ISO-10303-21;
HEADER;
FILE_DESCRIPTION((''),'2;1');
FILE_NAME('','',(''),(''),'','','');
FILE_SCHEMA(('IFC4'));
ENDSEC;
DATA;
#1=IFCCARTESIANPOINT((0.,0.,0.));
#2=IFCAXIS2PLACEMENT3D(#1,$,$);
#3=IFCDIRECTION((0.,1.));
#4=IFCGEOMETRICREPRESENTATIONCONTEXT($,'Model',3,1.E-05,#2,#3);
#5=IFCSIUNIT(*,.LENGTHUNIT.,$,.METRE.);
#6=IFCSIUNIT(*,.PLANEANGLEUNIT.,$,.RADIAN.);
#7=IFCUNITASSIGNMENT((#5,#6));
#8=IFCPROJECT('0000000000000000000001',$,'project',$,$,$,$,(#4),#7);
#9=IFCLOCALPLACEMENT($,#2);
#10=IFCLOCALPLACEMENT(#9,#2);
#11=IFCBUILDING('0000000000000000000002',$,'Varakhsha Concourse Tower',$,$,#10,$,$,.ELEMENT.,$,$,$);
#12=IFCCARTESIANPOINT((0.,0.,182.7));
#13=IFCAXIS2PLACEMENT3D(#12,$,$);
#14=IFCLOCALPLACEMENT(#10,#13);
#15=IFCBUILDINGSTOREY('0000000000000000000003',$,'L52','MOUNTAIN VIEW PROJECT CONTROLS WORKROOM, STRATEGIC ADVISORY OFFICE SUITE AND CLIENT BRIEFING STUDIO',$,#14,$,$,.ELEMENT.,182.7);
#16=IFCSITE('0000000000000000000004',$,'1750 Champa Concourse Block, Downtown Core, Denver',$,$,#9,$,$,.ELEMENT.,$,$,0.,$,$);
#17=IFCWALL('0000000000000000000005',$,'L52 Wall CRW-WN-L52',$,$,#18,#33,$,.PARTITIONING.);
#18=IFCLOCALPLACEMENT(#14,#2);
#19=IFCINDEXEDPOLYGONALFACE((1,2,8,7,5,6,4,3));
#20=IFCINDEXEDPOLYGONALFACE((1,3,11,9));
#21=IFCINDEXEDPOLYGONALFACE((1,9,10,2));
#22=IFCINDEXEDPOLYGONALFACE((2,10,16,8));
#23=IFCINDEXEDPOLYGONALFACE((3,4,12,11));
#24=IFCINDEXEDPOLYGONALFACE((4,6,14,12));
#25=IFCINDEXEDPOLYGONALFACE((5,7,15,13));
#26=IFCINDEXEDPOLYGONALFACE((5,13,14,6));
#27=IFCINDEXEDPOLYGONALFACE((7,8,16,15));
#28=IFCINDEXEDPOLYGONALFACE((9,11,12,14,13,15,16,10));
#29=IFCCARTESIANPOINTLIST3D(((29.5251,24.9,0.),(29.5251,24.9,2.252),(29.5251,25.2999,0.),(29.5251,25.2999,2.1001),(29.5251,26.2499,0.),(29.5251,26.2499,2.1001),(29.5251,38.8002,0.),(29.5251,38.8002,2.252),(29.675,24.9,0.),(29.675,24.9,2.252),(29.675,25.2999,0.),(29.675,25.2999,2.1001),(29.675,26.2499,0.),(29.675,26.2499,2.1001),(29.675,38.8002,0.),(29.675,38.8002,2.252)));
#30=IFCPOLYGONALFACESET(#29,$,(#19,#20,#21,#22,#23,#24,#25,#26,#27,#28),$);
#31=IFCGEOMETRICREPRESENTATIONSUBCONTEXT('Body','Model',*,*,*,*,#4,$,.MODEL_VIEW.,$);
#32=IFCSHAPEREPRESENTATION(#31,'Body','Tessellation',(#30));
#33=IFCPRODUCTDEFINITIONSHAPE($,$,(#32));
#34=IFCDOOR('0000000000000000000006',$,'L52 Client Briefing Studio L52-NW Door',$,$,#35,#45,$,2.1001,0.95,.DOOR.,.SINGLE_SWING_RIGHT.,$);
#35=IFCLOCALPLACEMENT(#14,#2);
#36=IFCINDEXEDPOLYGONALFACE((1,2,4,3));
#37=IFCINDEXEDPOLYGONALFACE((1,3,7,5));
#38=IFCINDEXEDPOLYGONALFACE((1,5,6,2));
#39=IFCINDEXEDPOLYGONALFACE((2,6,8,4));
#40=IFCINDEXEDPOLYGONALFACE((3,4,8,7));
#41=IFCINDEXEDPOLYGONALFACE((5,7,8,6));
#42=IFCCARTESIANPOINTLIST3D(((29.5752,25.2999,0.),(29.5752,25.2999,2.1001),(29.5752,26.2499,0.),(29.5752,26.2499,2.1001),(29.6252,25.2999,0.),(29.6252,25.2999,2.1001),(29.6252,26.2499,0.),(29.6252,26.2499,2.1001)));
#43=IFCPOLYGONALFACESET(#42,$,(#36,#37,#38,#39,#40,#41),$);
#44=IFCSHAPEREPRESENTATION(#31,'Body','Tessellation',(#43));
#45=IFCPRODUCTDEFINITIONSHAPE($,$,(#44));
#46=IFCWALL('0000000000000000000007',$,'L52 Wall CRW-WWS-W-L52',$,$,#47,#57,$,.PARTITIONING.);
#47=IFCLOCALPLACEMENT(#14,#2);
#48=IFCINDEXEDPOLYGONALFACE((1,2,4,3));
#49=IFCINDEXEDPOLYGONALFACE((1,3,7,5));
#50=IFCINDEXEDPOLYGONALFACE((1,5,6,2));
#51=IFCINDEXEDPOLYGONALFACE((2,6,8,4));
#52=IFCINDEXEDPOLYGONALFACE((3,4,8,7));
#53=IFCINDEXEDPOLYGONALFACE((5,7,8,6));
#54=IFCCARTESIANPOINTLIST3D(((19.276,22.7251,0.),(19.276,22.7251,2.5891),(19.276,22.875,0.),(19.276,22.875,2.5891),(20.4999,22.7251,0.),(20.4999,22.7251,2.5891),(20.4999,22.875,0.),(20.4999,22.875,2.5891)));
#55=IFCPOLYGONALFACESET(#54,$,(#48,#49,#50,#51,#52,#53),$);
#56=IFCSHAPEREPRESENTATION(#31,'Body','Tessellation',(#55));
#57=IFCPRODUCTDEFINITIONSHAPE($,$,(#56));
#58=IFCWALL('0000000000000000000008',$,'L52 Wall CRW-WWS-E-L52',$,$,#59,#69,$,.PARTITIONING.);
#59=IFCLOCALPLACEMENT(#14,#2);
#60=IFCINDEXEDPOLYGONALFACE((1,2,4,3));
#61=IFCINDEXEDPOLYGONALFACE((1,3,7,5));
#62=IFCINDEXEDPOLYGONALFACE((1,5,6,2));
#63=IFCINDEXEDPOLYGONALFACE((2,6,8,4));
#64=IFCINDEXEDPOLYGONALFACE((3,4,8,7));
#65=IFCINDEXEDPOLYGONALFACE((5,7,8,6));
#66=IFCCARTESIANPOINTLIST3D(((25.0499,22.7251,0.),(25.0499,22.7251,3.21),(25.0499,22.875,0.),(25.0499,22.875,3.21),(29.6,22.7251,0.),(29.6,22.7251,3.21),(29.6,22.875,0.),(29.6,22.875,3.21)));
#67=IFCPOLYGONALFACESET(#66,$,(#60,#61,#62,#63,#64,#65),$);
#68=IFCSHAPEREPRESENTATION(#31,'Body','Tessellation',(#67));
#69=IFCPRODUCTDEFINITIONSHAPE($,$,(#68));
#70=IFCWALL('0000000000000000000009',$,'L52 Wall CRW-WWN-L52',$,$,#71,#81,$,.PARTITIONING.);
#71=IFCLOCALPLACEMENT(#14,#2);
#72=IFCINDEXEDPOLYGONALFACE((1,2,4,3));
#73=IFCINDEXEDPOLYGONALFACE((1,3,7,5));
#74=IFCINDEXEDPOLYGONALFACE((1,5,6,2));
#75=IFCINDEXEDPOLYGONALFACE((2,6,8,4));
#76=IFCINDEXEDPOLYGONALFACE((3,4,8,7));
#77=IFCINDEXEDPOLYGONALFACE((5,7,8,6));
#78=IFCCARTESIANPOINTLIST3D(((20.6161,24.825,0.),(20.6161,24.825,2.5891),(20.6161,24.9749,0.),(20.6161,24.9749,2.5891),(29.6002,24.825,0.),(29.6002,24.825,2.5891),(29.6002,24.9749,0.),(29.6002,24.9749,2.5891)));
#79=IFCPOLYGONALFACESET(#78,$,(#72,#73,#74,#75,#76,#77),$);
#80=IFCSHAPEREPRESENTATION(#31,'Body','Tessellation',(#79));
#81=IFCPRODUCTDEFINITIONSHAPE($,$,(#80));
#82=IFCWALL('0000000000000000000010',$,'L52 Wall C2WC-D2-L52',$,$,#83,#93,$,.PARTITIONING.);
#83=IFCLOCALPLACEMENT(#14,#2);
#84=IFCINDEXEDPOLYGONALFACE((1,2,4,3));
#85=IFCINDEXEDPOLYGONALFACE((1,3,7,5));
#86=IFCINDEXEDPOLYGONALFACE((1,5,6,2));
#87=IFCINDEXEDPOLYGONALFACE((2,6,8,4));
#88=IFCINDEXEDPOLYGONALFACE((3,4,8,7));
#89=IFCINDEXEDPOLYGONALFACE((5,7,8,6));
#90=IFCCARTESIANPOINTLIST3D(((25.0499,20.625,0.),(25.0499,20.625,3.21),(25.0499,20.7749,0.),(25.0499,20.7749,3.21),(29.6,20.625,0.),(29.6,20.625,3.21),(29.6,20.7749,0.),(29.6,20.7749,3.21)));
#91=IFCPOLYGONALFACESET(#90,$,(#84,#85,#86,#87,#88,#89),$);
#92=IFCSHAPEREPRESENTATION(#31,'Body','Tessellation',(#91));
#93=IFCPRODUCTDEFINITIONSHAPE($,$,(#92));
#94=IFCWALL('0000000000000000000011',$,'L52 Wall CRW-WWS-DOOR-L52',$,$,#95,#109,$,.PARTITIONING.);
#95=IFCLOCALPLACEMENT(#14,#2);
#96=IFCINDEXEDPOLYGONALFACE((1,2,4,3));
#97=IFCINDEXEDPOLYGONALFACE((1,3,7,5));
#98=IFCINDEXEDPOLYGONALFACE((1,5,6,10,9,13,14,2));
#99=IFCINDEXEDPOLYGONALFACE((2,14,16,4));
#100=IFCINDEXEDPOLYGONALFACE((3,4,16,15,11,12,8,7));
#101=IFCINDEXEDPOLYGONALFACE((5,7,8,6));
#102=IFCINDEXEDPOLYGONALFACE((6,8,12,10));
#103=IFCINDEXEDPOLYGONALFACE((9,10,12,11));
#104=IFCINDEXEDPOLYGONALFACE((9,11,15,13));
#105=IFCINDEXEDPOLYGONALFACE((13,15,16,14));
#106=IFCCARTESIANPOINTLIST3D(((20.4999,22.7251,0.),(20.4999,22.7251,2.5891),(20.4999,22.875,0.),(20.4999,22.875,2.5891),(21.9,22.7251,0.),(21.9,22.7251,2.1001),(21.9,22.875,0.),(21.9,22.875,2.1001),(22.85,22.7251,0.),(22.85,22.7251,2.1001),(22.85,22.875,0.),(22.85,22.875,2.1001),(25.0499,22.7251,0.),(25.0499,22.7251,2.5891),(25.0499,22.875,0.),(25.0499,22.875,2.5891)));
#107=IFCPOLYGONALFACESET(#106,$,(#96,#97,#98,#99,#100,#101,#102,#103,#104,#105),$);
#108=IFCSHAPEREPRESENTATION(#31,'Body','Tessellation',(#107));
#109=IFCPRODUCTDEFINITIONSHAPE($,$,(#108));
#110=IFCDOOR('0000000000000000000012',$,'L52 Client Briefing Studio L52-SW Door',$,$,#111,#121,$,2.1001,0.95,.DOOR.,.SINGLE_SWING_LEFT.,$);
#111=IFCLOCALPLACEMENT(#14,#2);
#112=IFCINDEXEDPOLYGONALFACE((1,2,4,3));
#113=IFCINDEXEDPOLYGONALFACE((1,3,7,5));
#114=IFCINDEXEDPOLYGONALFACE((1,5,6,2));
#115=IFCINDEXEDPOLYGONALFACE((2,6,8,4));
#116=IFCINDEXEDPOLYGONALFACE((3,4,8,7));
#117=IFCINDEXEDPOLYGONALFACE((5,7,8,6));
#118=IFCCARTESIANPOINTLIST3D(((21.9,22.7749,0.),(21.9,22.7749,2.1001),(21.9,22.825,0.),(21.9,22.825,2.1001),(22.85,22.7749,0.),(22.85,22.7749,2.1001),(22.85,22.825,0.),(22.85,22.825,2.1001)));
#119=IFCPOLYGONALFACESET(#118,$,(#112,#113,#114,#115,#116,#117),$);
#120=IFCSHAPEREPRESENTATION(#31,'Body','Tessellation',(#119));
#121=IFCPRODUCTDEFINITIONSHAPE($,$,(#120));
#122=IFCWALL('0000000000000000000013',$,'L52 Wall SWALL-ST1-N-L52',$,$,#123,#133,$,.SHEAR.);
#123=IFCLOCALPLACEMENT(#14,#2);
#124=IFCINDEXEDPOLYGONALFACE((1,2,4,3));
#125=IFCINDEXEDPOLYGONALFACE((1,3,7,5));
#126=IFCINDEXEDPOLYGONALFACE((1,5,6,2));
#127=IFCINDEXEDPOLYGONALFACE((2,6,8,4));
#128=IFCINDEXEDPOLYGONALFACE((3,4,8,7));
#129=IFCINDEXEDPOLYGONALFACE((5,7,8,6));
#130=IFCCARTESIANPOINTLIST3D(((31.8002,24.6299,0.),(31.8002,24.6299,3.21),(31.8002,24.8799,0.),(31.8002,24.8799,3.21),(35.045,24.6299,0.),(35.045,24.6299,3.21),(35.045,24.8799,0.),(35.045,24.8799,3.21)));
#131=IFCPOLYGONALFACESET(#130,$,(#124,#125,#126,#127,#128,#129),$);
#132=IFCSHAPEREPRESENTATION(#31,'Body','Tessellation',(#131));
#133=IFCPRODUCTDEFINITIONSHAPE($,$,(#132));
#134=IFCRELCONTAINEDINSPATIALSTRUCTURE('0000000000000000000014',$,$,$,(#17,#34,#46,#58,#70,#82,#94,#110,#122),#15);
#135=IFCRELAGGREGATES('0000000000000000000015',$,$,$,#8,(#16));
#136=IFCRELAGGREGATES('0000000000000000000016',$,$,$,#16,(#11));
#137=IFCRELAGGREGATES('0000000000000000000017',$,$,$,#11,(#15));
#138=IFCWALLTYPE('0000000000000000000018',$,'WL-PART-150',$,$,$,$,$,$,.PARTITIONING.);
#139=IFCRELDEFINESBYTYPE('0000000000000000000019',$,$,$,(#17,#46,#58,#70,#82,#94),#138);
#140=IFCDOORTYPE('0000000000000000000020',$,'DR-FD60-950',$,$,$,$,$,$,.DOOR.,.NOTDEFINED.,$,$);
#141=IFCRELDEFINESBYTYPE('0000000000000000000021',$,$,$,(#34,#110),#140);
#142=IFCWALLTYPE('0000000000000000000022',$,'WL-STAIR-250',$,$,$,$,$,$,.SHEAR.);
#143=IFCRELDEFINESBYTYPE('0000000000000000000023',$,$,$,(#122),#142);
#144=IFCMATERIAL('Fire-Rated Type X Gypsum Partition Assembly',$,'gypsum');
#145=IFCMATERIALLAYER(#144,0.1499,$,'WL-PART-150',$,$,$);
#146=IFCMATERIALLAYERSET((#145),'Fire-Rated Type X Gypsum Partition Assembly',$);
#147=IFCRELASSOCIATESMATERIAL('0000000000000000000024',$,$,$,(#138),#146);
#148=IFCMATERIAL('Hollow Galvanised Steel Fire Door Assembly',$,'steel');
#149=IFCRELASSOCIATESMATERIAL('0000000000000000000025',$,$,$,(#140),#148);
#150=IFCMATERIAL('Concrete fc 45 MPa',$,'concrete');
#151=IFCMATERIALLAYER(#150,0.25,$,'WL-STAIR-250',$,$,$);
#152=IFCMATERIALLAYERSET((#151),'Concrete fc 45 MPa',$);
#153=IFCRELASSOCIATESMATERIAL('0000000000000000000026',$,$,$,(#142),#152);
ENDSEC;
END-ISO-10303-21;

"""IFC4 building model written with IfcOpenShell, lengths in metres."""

from ifc_helpers import new_model, si_unit, direction, frame, frame_2d, origin, place, context, subcontext, project, spatial, rectangle, extrude, material, layer, layer_set, type_object, element, fill, save


model = new_model("IFC4")

# Units and contexts
model_context = context("Model", 3, precision=1e-05, world=origin(), true_north=direction((0.0, 1.0)))
body_context = subcontext(model_context, "Body", "Model", "MODEL_VIEW")
ifc_project = project(units=[si_unit("LENGTHUNIT", "METRE"), si_unit("PLANEANGLEUNIT", "RADIAN")], contexts=[model_context])

# Site, building, storey
site_placement = place(None, origin())
site = spatial("IfcSite", under=ifc_project, at=site_placement, Name="1750 Champa Concourse Block, Downtown Core, Denver", CompositionType="ELEMENT", RefElevation=0.0)
building_placement = place(site_placement, origin())
building = spatial("IfcBuilding", under=site, at=building_placement, Name="Varakhsha Concourse Tower", CompositionType="ELEMENT")
storey_placement = place(building_placement, frame((0.0, 0.0, 182.7)))
storey = spatial("IfcBuildingStorey", under=building, at=storey_placement, Name="L52", Description="MOUNTAIN VIEW PROJECT CONTROLS WORKROOM, STRATEGIC ADVISORY OFFICE SUITE AND CLIENT BRIEFING STUDIO", CompositionType="ELEMENT", Elevation=182.7)

# Wall, opening, door
ifc_material_1 = material(Name="Fire-Rated Type X Gypsum Partition Assembly", Category="gypsum")
ifc_layer_1 = layer(ifc_material_1, 0.1499, Name="WL-PART-150")
ifc_layer_set_1 = layer_set([ifc_layer_1], Name="Fire-Rated Type X Gypsum Partition Assembly")
wall_type_1 = type_object("IfcWallType", Name="WL-PART-150", PredefinedType="PARTITIONING", material=ifc_layer_set_1)
wall_1_placement = place(storey_placement, frame((29.6001, 24.8999, 0.0), z_axis=(0.0, 0.0, 1.0), x_axis=(0.0, 1.0, 0.0)))
wall_1 = element("IfcWall", 1, at=wall_1_placement, inside=storey, type_object=wall_type_1, Name="L52 Wall CRW-WN-L52", PredefinedType="PARTITIONING", context=body_context, shape_type="SweptSolid", body=[
    extrude(rectangle(XDim=13.9001, YDim=0.1499, at=frame_2d((6.9502, 0.0))), origin(), (0.0, 0.0, 1.0), 2.252),
])
opening_1_placement = place(wall_1_placement, frame((0.3999, 0.0, 0.0)))
opening_1 = element("IfcOpeningElement", 2, at=opening_1_placement, cuts=wall_1, PredefinedType="OPENING", context=body_context, shape_type="SweptSolid", body=[
    extrude(rectangle(XDim=0.95, YDim=2.1001, at=frame_2d((0.4751, 1.05))), frame((0.0, 0.085, 0.0), z_axis=(0.0, -1.0, 0.0), x_axis=(1.0, 0.0, 0.0)), (0.0, 0.0, 1.0), 0.1699),
])
ifc_material_2 = material(Name="Hollow Galvanised Steel Fire Door Assembly", Category="steel")
door_type_1 = type_object("IfcDoorType", Name="DR-FD60-950", OperationType="NOTDEFINED", PredefinedType="DOOR", material=ifc_material_2)
door_1_placement = place(opening_1_placement, origin())
door_1 = element("IfcDoor", 3, at=door_1_placement, inside=storey, type_object=door_type_1, Name="L52 Client Briefing Studio L52-NW Door", OperationType="SINGLE_SWING_RIGHT", OverallHeight=2.1001, OverallWidth=0.95, PredefinedType="DOOR", context=body_context, shape_type="SweptSolid", body=[
    extrude(rectangle(XDim=0.95, YDim=2.1001, at=frame_2d((0.4751, 1.05))), frame((0.0, 0.0249, 0.0), z_axis=(0.0, -1.0, 0.0), x_axis=(1.0, 0.0, 0.0)), (0.0, 0.0, 1.0), 0.05),
])
fill(opening_1, door_1)

# Walls
wall_2_placement = place(storey_placement, frame((19.2761, 22.8, 0.0), z_axis=(0.0, 0.0, 1.0), x_axis=(1.0, 0.0, 0.0)))
element("IfcWall", 4, at=wall_2_placement, inside=storey, type_object=wall_type_1, Name="L52 Wall CRW-WWS-W-L52", PredefinedType="PARTITIONING", context=body_context, shape_type="SweptSolid", body=[
    extrude(rectangle(XDim=1.2239, YDim=0.1499, at=frame_2d((0.6118, 0.0))), origin(), (0.0, 0.0, 1.0), 2.5891),
])
wall_3_placement = place(storey_placement, frame((25.05, 22.8, 0.0), z_axis=(0.0, 0.0, 1.0), x_axis=(1.0, 0.0, 0.0)))
element("IfcWall", 5, at=wall_3_placement, inside=storey, type_object=wall_type_1, Name="L52 Wall CRW-WWS-E-L52", PredefinedType="PARTITIONING", context=body_context, shape_type="SweptSolid", body=[
    extrude(rectangle(XDim=4.55, YDim=0.1499, at=frame_2d((2.2749, 0.0))), origin(), (0.0, 0.0, 1.0), 3.21),
])
wall_4_placement = place(storey_placement, frame((20.616, 24.8999, 0.0), z_axis=(0.0, 0.0, 1.0), x_axis=(1.0, 0.0, 0.0)))
element("IfcWall", 6, at=wall_4_placement, inside=storey, type_object=wall_type_1, Name="L52 Wall CRW-WWN-L52", PredefinedType="PARTITIONING", context=body_context, shape_type="SweptSolid", body=[
    extrude(rectangle(XDim=8.9841, YDim=0.1499, at=frame_2d((4.4922, 0.0))), origin(), (0.0, 0.0, 1.0), 2.5891),
])
wall_5_placement = place(storey_placement, frame((25.05, 20.7, 0.0), z_axis=(0.0, 0.0, 1.0), x_axis=(1.0, 0.0, 0.0)))
element("IfcWall", 7, at=wall_5_placement, inside=storey, type_object=wall_type_1, Name="L52 Wall C2WC-D2-L52", PredefinedType="PARTITIONING", context=body_context, shape_type="SweptSolid", body=[
    extrude(rectangle(XDim=4.55, YDim=0.1499, at=frame_2d((2.2749, 0.0))), origin(), (0.0, 0.0, 1.0), 3.21),
])

# Wall, opening, door
wall_6_placement = place(storey_placement, frame((20.5, 22.8, 0.0), z_axis=(0.0, 0.0, 1.0), x_axis=(1.0, 0.0, 0.0)))
wall_6 = element("IfcWall", 8, at=wall_6_placement, inside=storey, type_object=wall_type_1, Name="L52 Wall CRW-WWS-DOOR-L52", PredefinedType="PARTITIONING", context=body_context, shape_type="SweptSolid", body=[
    extrude(rectangle(XDim=4.55, YDim=0.1499, at=frame_2d((2.2749, 0.0))), origin(), (0.0, 0.0, 1.0), 2.5891),
])
opening_2_placement = place(wall_6_placement, frame((1.3999, 0.0, 0.0)))
opening_2 = element("IfcOpeningElement", 9, at=opening_2_placement, cuts=wall_6, PredefinedType="OPENING", context=body_context, shape_type="SweptSolid", body=[
    extrude(rectangle(XDim=0.95, YDim=2.1001, at=frame_2d((0.4751, 1.05))), frame((0.0, 0.085, 0.0), z_axis=(0.0, -1.0, 0.0), x_axis=(1.0, 0.0, 0.0)), (0.0, 0.0, 1.0), 0.1699),
])
door_2_placement = place(opening_2_placement, origin())
door_2 = element("IfcDoor", 10, at=door_2_placement, inside=storey, type_object=door_type_1, Name="L52 Client Briefing Studio L52-SW Door", OperationType="SINGLE_SWING_LEFT", OverallHeight=2.1001, OverallWidth=0.95, PredefinedType="DOOR", context=body_context, shape_type="SweptSolid", body=[
    extrude(rectangle(XDim=0.95, YDim=2.1001, at=frame_2d((0.4751, 1.05))), frame((0.0, 0.0249, 0.0), z_axis=(0.0, -1.0, 0.0), x_axis=(1.0, 0.0, 0.0)), (0.0, 0.0, 1.0), 0.05),
])
fill(opening_2, door_2)

# Wall
ifc_material_3 = material(Name="Concrete fc 45 MPa", Category="concrete")
ifc_layer_2 = layer(ifc_material_3, 0.25, Name="WL-STAIR-250")
ifc_layer_set_2 = layer_set([ifc_layer_2], Name="Concrete fc 45 MPa")
wall_type_2 = type_object("IfcWallType", Name="WL-STAIR-250", PredefinedType="SHEAR", material=ifc_layer_set_2)
wall_7_placement = place(storey_placement, frame((31.8, 24.7549, 0.0), z_axis=(0.0, 0.0, 1.0), x_axis=(1.0, 0.0, 0.0)))
element("IfcWall", 11, at=wall_7_placement, inside=storey, type_object=wall_type_2, Name="L52 Wall SWALL-ST1-N-L52", PredefinedType="SHEAR", context=body_context, shape_type="SweptSolid", body=[
    extrude(rectangle(XDim=3.2449, YDim=0.25, at=frame_2d((1.6226, 0.0))), origin(), (0.0, 0.0, 1.0), 3.21),
])

save(model, "model.ifc")
